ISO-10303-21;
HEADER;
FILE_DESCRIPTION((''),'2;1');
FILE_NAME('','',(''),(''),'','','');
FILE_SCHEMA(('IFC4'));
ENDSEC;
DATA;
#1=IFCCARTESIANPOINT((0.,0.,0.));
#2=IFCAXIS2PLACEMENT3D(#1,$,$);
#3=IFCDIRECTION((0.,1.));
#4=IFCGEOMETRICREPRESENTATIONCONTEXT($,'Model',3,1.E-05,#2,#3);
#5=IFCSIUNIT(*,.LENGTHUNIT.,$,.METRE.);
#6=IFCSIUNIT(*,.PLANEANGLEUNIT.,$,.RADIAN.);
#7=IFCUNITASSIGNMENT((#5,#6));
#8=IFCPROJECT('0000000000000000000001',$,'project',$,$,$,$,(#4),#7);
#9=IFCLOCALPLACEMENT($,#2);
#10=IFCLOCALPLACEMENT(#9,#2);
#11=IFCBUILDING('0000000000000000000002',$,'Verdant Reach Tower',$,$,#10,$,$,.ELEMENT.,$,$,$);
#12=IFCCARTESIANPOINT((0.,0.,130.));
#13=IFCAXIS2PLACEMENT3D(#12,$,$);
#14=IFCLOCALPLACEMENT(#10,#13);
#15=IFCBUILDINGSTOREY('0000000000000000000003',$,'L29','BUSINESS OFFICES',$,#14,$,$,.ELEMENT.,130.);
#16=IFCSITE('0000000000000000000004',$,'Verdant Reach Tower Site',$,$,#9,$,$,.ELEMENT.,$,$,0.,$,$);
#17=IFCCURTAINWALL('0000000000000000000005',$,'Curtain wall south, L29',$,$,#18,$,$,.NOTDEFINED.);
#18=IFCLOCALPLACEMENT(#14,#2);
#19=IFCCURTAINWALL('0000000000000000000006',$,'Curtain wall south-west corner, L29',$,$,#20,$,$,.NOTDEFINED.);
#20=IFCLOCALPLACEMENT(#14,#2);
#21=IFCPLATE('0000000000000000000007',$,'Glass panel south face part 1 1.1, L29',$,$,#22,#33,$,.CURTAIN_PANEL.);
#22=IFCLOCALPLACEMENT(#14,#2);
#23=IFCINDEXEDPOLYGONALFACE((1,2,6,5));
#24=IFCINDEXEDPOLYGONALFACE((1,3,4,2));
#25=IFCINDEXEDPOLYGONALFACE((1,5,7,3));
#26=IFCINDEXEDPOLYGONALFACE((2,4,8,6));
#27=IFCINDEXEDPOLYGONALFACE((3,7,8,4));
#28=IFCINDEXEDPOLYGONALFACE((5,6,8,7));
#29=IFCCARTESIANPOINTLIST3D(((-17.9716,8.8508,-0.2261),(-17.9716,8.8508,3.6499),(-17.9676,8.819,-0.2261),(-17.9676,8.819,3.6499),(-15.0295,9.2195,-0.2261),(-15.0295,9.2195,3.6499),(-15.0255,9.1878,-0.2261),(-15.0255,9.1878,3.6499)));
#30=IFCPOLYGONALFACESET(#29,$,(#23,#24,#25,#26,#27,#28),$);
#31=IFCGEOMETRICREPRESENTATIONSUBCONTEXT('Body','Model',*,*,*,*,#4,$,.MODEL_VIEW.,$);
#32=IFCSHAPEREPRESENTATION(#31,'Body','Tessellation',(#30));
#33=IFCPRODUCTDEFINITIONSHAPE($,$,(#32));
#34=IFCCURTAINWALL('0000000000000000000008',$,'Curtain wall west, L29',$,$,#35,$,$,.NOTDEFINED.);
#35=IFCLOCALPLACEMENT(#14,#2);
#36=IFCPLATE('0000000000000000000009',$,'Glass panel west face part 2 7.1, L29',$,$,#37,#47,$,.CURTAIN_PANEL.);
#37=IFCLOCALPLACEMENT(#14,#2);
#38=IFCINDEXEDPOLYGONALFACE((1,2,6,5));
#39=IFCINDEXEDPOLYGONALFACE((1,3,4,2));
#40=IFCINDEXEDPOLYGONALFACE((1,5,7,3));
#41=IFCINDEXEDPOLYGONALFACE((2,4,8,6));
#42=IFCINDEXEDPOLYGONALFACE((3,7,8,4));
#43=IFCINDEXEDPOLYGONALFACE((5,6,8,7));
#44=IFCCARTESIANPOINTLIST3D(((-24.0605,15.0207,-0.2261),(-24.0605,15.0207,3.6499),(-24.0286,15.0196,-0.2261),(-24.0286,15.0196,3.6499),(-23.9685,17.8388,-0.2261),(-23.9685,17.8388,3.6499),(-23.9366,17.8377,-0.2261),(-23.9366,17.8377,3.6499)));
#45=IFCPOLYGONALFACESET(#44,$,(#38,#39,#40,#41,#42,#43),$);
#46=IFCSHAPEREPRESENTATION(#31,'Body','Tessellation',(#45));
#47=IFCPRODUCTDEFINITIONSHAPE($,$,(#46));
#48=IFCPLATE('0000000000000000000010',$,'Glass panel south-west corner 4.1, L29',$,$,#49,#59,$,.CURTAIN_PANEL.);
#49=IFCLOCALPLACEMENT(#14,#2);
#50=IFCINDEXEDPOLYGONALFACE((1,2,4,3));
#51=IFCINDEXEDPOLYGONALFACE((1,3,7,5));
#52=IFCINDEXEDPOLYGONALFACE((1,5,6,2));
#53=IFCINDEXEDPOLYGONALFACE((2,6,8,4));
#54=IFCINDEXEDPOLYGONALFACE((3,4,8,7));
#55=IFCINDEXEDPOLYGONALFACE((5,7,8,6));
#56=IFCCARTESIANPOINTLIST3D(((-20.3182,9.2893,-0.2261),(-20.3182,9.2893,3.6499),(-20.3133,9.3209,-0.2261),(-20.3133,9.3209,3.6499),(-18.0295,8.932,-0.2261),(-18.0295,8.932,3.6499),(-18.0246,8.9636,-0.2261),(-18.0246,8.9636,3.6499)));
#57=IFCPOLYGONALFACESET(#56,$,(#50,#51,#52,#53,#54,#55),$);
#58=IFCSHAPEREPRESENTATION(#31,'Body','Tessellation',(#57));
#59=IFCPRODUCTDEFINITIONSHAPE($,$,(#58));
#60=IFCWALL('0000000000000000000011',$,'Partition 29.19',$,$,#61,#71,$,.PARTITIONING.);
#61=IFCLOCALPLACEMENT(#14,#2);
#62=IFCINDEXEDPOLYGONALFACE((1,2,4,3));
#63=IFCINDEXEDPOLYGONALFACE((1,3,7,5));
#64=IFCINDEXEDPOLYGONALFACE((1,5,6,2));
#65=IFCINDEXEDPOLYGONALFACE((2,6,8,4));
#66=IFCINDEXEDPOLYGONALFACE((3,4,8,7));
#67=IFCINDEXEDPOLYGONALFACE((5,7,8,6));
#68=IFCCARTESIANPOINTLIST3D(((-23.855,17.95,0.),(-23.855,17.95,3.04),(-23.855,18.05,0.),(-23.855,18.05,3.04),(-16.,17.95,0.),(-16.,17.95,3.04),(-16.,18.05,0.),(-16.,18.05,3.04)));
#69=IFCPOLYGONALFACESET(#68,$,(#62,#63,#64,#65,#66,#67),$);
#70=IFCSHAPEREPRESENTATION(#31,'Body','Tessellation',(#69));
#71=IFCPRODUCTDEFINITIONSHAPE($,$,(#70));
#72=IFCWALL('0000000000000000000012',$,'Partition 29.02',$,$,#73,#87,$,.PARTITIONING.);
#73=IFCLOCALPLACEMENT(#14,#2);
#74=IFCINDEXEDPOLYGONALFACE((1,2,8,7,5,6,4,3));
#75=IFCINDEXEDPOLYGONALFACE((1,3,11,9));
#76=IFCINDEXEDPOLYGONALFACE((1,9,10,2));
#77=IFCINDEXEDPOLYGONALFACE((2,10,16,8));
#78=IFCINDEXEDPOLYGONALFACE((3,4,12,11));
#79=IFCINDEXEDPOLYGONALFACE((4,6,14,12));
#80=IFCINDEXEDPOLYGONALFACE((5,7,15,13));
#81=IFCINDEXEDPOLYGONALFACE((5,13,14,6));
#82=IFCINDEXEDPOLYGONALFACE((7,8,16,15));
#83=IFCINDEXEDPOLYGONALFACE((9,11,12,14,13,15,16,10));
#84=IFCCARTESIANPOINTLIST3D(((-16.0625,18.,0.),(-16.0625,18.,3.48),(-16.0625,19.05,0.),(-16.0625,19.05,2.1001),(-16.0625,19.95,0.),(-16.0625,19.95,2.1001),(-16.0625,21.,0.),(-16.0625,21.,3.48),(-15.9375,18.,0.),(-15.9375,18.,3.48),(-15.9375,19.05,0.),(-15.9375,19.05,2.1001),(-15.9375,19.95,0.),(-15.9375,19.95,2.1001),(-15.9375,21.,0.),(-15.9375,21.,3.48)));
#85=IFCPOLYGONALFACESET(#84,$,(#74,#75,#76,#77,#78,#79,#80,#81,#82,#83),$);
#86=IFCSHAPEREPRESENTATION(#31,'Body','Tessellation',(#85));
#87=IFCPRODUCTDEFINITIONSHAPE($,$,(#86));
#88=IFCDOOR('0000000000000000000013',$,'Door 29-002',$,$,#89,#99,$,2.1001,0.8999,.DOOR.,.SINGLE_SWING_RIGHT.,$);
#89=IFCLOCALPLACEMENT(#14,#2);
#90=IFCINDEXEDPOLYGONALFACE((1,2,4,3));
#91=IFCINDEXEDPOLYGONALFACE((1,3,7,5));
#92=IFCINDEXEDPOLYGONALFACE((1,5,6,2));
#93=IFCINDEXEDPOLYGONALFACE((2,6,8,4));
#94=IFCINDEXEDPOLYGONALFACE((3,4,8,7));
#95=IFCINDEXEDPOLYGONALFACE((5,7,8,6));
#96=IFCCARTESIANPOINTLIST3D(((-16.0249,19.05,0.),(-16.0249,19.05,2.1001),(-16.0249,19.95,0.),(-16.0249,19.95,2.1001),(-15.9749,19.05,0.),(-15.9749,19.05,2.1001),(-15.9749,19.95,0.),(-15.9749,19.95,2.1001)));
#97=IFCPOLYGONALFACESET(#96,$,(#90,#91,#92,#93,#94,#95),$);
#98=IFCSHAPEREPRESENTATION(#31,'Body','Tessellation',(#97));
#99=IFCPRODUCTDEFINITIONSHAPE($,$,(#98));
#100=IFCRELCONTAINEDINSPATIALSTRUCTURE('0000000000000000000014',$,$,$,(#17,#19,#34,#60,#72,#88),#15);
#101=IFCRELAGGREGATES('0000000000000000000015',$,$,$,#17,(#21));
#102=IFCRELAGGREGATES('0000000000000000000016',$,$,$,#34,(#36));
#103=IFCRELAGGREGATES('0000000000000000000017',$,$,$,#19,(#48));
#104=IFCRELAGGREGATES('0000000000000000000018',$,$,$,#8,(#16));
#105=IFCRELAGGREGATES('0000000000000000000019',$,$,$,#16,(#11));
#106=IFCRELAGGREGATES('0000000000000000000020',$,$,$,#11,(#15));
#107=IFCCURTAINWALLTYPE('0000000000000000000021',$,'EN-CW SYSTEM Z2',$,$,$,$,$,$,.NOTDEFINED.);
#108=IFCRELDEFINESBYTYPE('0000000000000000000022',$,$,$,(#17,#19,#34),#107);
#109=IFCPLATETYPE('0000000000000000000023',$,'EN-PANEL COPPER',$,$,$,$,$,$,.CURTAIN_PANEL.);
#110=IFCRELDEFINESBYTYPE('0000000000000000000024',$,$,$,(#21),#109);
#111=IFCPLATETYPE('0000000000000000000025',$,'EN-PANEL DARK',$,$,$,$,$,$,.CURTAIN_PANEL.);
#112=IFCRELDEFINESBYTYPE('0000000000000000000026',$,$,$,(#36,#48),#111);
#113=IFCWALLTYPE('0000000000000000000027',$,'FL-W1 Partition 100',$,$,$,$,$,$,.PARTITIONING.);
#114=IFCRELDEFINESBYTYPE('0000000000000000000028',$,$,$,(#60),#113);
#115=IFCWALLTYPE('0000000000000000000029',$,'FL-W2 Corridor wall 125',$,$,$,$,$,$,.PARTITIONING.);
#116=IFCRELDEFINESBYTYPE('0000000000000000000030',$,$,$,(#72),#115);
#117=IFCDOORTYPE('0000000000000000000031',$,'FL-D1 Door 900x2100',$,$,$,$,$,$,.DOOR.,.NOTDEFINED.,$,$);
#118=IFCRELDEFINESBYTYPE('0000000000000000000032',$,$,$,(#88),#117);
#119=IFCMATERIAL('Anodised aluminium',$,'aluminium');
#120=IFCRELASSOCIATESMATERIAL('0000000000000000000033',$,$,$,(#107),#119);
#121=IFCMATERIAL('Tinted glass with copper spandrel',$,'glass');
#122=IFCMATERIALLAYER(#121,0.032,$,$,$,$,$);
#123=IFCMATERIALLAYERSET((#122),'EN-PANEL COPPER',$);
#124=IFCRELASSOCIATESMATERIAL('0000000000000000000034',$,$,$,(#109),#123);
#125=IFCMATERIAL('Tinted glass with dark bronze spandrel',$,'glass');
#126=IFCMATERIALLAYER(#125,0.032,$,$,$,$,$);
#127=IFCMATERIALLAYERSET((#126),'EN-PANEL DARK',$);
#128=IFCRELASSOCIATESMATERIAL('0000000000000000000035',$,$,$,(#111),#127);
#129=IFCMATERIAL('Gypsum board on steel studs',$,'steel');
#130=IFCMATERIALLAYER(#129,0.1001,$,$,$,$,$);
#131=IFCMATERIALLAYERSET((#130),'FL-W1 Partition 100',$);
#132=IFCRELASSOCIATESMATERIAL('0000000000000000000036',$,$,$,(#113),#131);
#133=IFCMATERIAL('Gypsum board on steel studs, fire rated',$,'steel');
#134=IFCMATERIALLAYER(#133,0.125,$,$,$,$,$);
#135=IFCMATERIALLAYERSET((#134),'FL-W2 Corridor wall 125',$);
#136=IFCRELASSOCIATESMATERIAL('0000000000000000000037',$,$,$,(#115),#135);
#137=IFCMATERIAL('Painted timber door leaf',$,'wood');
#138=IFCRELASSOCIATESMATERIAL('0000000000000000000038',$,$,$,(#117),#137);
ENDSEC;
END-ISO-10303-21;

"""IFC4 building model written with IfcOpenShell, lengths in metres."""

from ifc_helpers import new_model, si_unit, direction, frame, frame_2d, origin, origin_2d, place, context, subcontext, project, spatial, rectangle, extrude, material, layer, layer_set, type_object, element, fill, aggregate, save


model = new_model("IFC4")

# Units and contexts
model_context = context("Model", 3, precision=1e-05, world=origin(), true_north=direction((0.0, 1.0)))
body_context = subcontext(model_context, "Body", "Model", "MODEL_VIEW")
ifc_project = project(units=[si_unit("LENGTHUNIT", "METRE"), si_unit("PLANEANGLEUNIT", "RADIAN")], contexts=[model_context])

# Site, building, storey
site_placement = place(None, origin())
site = spatial("IfcSite", under=ifc_project, at=site_placement, Name="Verdant Reach Tower Site", CompositionType="ELEMENT", RefElevation=0.0)
building_placement = place(site_placement, origin())
building = spatial("IfcBuilding", under=site, at=building_placement, Name="Verdant Reach Tower", CompositionType="ELEMENT")
storey_placement = place(building_placement, frame((0.0, 0.0, 130.0)))
storey = spatial("IfcBuildingStorey", under=building, at=storey_placement, Name="L29", Description="BUSINESS OFFICES", CompositionType="ELEMENT", Elevation=130.0)

# Curtain wall
ifc_material_1 = material(Name="Anodised aluminium", Category="aluminium")
curtain_wall_type = type_object("IfcCurtainWallType", Name="EN-CW SYSTEM Z2", PredefinedType="NOTDEFINED", material=ifc_material_1)
curtain_wall_1_placement = place(storey_placement, origin())
curtain_wall_1 = element("IfcCurtainWall", 1, at=curtain_wall_1_placement, inside=storey, type_object=curtain_wall_type, Name="Curtain wall south, L29", PredefinedType="NOTDEFINED")

# Curtain wall
curtain_wall_2_placement = place(storey_placement, origin())
curtain_wall_2 = element("IfcCurtainWall", 2, at=curtain_wall_2_placement, inside=storey, type_object=curtain_wall_type, Name="Curtain wall south-west corner, L29", PredefinedType="NOTDEFINED")
ifc_material_2 = material(Name="Tinted glass with copper spandrel", Category="glass")
ifc_layer_1 = layer(ifc_material_2, 0.032)
ifc_layer_set_1 = layer_set([ifc_layer_1], Name="EN-PANEL COPPER")
plate_type_1 = type_object("IfcPlateType", Name="EN-PANEL COPPER", PredefinedType="CURTAIN_PANEL", material=ifc_layer_set_1)

# Plate
plate_1_placement = place(storey_placement, frame((-16.4985, 9.0193, -0.2261), z_axis=(0.0, 0.0, 1.0), x_axis=(0.992237, 0.124365, 0.0)))
plate_1 = element("IfcPlate", 3, at=plate_1_placement, type_object=plate_type_1, Name="Glass panel south face part 1 1.1, L29", PredefinedType="CURTAIN_PANEL", context=body_context, shape_type="SweptSolid", body=[
    extrude(rectangle(XDim=2.9651, YDim=0.032, at=origin_2d()), origin(), (0.0, 0.0, 1.0), 3.876),
])
aggregate(curtain_wall_1, [plate_1])

# Curtain wall, plate
curtain_wall_3_placement = place(storey_placement, origin())
curtain_wall_3 = element("IfcCurtainWall", 4, at=curtain_wall_3_placement, inside=storey, type_object=curtain_wall_type, Name="Curtain wall west, L29", PredefinedType="NOTDEFINED")
ifc_material_3 = material(Name="Tinted glass with dark bronze spandrel", Category="glass")
ifc_layer_2 = layer(ifc_material_3, 0.032)
ifc_layer_set_2 = layer_set([ifc_layer_2], Name="EN-PANEL DARK")
plate_type_2 = type_object("IfcPlateType", Name="EN-PANEL DARK", PredefinedType="CURTAIN_PANEL", material=ifc_layer_set_2)
plate_2_placement = place(storey_placement, frame((-23.9985, 16.4292, -0.2261), z_axis=(0.0, 0.0, 1.0), x_axis=(-0.032628, -0.999468, 0.0)))
plate_2 = element("IfcPlate", 5, at=plate_2_placement, type_object=plate_type_2, Name="Glass panel west face part 2 7.1, L29", PredefinedType="CURTAIN_PANEL", context=body_context, shape_type="SweptSolid", body=[
    extrude(rectangle(XDim=2.8196, YDim=0.032, at=origin_2d()), origin(), (0.0, 0.0, 1.0), 3.876),
])
aggregate(curtain_wall_3, [plate_2])

# Plate
plate_3_placement = place(storey_placement, frame((-19.1714, 9.1265, -0.2261), z_axis=(0.0, 0.0, 1.0), x_axis=(0.988031, -0.154256, 0.0)))
plate_3 = element("IfcPlate", 6, at=plate_3_placement, type_object=plate_type_2, Name="Glass panel south-west corner 4.1, L29", PredefinedType="CURTAIN_PANEL", context=body_context, shape_type="SweptSolid", body=[
    extrude(rectangle(XDim=2.3164, YDim=0.032, at=origin_2d()), origin(), (0.0, 0.0, 1.0), 3.876),
])
aggregate(curtain_wall_2, [plate_3])

# Wall
ifc_material_4 = material(Name="Gypsum board on steel studs", Category="steel")
ifc_layer_3 = layer(ifc_material_4, 0.1001)
ifc_layer_set_3 = layer_set([ifc_layer_3], Name="FL-W1 Partition 100")
wall_type_1 = type_object("IfcWallType", Name="FL-W1 Partition 100", PredefinedType="PARTITIONING", material=ifc_layer_set_3)
wall_1_placement = place(storey_placement, frame((-16.0, 18.0, 0.0), z_axis=(0.0, 0.0, 1.0), x_axis=(-1.0, 0.0, 0.0)))
element("IfcWall", 7, at=wall_1_placement, inside=storey, type_object=wall_type_1, Name="Partition 29.19", PredefinedType="PARTITIONING", context=body_context, shape_type="SweptSolid", body=[
    extrude(rectangle(XDim=7.855, YDim=0.1001, at=frame_2d((3.9275, 0.0))), origin(), (0.0, 0.0, 1.0), 3.04),
])

# Wall, opening, door
ifc_material_5 = material(Name="Gypsum board on steel studs, fire rated", Category="steel")
ifc_layer_4 = layer(ifc_material_5, 0.125)
ifc_layer_set_4 = layer_set([ifc_layer_4], Name="FL-W2 Corridor wall 125")
wall_type_2 = type_object("IfcWallType", Name="FL-W2 Corridor wall 125", PredefinedType="PARTITIONING", material=ifc_layer_set_4)
wall_2_placement = place(storey_placement, frame((-16.0, 18.0, 0.0), z_axis=(0.0, 0.0, 1.0), x_axis=(0.0, 1.0, 0.0)))
wall_2 = element("IfcWall", 8, at=wall_2_placement, inside=storey, type_object=wall_type_2, Name="Partition 29.02", PredefinedType="PARTITIONING", context=body_context, shape_type="SweptSolid", body=[
    extrude(rectangle(XDim=3.0, YDim=0.125, at=frame_2d((1.5, 0.0))), origin(), (0.0, 0.0, 1.0), 3.48),
])
opening_1_placement = place(wall_2_placement, frame((1.05, 0.0, 0.0)))
opening_1 = element("IfcOpeningElement", 9, at=opening_1_placement, cuts=wall_2, PredefinedType="OPENING", context=body_context, shape_type="SweptSolid", body=[
    extrude(rectangle(XDim=0.8999, YDim=2.1001, at=frame_2d((0.45, 1.05))), frame((0.0, 0.0725, 0.0), z_axis=(0.0, -1.0, 0.0), x_axis=(1.0, 0.0, 0.0)), (0.0, 0.0, 1.0), 0.145),
])
ifc_material_6 = material(Name="Painted timber door leaf", Category="wood")
door_type_1 = type_object("IfcDoorType", Name="FL-D1 Door 900x2100", OperationType="NOTDEFINED", PredefinedType="DOOR", material=ifc_material_6)
door_1_placement = place(opening_1_placement, origin())
door_1 = element("IfcDoor", 10, at=door_1_placement, inside=storey, type_object=door_type_1, Name="Door 29-002", OperationType="SINGLE_SWING_RIGHT", OverallHeight=2.1001, OverallWidth=0.8999, PredefinedType="DOOR", context=body_context, shape_type="SweptSolid", body=[
    extrude(rectangle(XDim=0.8999, YDim=2.1001, at=frame_2d((0.45, 1.05))), frame((0.0, 0.0249, 0.0), z_axis=(0.0, -1.0, 0.0), x_axis=(1.0, 0.0, 0.0)), (0.0, 0.0, 1.0), 0.05),
])
fill(opening_1, door_1)

save(model, "model.ifc")
